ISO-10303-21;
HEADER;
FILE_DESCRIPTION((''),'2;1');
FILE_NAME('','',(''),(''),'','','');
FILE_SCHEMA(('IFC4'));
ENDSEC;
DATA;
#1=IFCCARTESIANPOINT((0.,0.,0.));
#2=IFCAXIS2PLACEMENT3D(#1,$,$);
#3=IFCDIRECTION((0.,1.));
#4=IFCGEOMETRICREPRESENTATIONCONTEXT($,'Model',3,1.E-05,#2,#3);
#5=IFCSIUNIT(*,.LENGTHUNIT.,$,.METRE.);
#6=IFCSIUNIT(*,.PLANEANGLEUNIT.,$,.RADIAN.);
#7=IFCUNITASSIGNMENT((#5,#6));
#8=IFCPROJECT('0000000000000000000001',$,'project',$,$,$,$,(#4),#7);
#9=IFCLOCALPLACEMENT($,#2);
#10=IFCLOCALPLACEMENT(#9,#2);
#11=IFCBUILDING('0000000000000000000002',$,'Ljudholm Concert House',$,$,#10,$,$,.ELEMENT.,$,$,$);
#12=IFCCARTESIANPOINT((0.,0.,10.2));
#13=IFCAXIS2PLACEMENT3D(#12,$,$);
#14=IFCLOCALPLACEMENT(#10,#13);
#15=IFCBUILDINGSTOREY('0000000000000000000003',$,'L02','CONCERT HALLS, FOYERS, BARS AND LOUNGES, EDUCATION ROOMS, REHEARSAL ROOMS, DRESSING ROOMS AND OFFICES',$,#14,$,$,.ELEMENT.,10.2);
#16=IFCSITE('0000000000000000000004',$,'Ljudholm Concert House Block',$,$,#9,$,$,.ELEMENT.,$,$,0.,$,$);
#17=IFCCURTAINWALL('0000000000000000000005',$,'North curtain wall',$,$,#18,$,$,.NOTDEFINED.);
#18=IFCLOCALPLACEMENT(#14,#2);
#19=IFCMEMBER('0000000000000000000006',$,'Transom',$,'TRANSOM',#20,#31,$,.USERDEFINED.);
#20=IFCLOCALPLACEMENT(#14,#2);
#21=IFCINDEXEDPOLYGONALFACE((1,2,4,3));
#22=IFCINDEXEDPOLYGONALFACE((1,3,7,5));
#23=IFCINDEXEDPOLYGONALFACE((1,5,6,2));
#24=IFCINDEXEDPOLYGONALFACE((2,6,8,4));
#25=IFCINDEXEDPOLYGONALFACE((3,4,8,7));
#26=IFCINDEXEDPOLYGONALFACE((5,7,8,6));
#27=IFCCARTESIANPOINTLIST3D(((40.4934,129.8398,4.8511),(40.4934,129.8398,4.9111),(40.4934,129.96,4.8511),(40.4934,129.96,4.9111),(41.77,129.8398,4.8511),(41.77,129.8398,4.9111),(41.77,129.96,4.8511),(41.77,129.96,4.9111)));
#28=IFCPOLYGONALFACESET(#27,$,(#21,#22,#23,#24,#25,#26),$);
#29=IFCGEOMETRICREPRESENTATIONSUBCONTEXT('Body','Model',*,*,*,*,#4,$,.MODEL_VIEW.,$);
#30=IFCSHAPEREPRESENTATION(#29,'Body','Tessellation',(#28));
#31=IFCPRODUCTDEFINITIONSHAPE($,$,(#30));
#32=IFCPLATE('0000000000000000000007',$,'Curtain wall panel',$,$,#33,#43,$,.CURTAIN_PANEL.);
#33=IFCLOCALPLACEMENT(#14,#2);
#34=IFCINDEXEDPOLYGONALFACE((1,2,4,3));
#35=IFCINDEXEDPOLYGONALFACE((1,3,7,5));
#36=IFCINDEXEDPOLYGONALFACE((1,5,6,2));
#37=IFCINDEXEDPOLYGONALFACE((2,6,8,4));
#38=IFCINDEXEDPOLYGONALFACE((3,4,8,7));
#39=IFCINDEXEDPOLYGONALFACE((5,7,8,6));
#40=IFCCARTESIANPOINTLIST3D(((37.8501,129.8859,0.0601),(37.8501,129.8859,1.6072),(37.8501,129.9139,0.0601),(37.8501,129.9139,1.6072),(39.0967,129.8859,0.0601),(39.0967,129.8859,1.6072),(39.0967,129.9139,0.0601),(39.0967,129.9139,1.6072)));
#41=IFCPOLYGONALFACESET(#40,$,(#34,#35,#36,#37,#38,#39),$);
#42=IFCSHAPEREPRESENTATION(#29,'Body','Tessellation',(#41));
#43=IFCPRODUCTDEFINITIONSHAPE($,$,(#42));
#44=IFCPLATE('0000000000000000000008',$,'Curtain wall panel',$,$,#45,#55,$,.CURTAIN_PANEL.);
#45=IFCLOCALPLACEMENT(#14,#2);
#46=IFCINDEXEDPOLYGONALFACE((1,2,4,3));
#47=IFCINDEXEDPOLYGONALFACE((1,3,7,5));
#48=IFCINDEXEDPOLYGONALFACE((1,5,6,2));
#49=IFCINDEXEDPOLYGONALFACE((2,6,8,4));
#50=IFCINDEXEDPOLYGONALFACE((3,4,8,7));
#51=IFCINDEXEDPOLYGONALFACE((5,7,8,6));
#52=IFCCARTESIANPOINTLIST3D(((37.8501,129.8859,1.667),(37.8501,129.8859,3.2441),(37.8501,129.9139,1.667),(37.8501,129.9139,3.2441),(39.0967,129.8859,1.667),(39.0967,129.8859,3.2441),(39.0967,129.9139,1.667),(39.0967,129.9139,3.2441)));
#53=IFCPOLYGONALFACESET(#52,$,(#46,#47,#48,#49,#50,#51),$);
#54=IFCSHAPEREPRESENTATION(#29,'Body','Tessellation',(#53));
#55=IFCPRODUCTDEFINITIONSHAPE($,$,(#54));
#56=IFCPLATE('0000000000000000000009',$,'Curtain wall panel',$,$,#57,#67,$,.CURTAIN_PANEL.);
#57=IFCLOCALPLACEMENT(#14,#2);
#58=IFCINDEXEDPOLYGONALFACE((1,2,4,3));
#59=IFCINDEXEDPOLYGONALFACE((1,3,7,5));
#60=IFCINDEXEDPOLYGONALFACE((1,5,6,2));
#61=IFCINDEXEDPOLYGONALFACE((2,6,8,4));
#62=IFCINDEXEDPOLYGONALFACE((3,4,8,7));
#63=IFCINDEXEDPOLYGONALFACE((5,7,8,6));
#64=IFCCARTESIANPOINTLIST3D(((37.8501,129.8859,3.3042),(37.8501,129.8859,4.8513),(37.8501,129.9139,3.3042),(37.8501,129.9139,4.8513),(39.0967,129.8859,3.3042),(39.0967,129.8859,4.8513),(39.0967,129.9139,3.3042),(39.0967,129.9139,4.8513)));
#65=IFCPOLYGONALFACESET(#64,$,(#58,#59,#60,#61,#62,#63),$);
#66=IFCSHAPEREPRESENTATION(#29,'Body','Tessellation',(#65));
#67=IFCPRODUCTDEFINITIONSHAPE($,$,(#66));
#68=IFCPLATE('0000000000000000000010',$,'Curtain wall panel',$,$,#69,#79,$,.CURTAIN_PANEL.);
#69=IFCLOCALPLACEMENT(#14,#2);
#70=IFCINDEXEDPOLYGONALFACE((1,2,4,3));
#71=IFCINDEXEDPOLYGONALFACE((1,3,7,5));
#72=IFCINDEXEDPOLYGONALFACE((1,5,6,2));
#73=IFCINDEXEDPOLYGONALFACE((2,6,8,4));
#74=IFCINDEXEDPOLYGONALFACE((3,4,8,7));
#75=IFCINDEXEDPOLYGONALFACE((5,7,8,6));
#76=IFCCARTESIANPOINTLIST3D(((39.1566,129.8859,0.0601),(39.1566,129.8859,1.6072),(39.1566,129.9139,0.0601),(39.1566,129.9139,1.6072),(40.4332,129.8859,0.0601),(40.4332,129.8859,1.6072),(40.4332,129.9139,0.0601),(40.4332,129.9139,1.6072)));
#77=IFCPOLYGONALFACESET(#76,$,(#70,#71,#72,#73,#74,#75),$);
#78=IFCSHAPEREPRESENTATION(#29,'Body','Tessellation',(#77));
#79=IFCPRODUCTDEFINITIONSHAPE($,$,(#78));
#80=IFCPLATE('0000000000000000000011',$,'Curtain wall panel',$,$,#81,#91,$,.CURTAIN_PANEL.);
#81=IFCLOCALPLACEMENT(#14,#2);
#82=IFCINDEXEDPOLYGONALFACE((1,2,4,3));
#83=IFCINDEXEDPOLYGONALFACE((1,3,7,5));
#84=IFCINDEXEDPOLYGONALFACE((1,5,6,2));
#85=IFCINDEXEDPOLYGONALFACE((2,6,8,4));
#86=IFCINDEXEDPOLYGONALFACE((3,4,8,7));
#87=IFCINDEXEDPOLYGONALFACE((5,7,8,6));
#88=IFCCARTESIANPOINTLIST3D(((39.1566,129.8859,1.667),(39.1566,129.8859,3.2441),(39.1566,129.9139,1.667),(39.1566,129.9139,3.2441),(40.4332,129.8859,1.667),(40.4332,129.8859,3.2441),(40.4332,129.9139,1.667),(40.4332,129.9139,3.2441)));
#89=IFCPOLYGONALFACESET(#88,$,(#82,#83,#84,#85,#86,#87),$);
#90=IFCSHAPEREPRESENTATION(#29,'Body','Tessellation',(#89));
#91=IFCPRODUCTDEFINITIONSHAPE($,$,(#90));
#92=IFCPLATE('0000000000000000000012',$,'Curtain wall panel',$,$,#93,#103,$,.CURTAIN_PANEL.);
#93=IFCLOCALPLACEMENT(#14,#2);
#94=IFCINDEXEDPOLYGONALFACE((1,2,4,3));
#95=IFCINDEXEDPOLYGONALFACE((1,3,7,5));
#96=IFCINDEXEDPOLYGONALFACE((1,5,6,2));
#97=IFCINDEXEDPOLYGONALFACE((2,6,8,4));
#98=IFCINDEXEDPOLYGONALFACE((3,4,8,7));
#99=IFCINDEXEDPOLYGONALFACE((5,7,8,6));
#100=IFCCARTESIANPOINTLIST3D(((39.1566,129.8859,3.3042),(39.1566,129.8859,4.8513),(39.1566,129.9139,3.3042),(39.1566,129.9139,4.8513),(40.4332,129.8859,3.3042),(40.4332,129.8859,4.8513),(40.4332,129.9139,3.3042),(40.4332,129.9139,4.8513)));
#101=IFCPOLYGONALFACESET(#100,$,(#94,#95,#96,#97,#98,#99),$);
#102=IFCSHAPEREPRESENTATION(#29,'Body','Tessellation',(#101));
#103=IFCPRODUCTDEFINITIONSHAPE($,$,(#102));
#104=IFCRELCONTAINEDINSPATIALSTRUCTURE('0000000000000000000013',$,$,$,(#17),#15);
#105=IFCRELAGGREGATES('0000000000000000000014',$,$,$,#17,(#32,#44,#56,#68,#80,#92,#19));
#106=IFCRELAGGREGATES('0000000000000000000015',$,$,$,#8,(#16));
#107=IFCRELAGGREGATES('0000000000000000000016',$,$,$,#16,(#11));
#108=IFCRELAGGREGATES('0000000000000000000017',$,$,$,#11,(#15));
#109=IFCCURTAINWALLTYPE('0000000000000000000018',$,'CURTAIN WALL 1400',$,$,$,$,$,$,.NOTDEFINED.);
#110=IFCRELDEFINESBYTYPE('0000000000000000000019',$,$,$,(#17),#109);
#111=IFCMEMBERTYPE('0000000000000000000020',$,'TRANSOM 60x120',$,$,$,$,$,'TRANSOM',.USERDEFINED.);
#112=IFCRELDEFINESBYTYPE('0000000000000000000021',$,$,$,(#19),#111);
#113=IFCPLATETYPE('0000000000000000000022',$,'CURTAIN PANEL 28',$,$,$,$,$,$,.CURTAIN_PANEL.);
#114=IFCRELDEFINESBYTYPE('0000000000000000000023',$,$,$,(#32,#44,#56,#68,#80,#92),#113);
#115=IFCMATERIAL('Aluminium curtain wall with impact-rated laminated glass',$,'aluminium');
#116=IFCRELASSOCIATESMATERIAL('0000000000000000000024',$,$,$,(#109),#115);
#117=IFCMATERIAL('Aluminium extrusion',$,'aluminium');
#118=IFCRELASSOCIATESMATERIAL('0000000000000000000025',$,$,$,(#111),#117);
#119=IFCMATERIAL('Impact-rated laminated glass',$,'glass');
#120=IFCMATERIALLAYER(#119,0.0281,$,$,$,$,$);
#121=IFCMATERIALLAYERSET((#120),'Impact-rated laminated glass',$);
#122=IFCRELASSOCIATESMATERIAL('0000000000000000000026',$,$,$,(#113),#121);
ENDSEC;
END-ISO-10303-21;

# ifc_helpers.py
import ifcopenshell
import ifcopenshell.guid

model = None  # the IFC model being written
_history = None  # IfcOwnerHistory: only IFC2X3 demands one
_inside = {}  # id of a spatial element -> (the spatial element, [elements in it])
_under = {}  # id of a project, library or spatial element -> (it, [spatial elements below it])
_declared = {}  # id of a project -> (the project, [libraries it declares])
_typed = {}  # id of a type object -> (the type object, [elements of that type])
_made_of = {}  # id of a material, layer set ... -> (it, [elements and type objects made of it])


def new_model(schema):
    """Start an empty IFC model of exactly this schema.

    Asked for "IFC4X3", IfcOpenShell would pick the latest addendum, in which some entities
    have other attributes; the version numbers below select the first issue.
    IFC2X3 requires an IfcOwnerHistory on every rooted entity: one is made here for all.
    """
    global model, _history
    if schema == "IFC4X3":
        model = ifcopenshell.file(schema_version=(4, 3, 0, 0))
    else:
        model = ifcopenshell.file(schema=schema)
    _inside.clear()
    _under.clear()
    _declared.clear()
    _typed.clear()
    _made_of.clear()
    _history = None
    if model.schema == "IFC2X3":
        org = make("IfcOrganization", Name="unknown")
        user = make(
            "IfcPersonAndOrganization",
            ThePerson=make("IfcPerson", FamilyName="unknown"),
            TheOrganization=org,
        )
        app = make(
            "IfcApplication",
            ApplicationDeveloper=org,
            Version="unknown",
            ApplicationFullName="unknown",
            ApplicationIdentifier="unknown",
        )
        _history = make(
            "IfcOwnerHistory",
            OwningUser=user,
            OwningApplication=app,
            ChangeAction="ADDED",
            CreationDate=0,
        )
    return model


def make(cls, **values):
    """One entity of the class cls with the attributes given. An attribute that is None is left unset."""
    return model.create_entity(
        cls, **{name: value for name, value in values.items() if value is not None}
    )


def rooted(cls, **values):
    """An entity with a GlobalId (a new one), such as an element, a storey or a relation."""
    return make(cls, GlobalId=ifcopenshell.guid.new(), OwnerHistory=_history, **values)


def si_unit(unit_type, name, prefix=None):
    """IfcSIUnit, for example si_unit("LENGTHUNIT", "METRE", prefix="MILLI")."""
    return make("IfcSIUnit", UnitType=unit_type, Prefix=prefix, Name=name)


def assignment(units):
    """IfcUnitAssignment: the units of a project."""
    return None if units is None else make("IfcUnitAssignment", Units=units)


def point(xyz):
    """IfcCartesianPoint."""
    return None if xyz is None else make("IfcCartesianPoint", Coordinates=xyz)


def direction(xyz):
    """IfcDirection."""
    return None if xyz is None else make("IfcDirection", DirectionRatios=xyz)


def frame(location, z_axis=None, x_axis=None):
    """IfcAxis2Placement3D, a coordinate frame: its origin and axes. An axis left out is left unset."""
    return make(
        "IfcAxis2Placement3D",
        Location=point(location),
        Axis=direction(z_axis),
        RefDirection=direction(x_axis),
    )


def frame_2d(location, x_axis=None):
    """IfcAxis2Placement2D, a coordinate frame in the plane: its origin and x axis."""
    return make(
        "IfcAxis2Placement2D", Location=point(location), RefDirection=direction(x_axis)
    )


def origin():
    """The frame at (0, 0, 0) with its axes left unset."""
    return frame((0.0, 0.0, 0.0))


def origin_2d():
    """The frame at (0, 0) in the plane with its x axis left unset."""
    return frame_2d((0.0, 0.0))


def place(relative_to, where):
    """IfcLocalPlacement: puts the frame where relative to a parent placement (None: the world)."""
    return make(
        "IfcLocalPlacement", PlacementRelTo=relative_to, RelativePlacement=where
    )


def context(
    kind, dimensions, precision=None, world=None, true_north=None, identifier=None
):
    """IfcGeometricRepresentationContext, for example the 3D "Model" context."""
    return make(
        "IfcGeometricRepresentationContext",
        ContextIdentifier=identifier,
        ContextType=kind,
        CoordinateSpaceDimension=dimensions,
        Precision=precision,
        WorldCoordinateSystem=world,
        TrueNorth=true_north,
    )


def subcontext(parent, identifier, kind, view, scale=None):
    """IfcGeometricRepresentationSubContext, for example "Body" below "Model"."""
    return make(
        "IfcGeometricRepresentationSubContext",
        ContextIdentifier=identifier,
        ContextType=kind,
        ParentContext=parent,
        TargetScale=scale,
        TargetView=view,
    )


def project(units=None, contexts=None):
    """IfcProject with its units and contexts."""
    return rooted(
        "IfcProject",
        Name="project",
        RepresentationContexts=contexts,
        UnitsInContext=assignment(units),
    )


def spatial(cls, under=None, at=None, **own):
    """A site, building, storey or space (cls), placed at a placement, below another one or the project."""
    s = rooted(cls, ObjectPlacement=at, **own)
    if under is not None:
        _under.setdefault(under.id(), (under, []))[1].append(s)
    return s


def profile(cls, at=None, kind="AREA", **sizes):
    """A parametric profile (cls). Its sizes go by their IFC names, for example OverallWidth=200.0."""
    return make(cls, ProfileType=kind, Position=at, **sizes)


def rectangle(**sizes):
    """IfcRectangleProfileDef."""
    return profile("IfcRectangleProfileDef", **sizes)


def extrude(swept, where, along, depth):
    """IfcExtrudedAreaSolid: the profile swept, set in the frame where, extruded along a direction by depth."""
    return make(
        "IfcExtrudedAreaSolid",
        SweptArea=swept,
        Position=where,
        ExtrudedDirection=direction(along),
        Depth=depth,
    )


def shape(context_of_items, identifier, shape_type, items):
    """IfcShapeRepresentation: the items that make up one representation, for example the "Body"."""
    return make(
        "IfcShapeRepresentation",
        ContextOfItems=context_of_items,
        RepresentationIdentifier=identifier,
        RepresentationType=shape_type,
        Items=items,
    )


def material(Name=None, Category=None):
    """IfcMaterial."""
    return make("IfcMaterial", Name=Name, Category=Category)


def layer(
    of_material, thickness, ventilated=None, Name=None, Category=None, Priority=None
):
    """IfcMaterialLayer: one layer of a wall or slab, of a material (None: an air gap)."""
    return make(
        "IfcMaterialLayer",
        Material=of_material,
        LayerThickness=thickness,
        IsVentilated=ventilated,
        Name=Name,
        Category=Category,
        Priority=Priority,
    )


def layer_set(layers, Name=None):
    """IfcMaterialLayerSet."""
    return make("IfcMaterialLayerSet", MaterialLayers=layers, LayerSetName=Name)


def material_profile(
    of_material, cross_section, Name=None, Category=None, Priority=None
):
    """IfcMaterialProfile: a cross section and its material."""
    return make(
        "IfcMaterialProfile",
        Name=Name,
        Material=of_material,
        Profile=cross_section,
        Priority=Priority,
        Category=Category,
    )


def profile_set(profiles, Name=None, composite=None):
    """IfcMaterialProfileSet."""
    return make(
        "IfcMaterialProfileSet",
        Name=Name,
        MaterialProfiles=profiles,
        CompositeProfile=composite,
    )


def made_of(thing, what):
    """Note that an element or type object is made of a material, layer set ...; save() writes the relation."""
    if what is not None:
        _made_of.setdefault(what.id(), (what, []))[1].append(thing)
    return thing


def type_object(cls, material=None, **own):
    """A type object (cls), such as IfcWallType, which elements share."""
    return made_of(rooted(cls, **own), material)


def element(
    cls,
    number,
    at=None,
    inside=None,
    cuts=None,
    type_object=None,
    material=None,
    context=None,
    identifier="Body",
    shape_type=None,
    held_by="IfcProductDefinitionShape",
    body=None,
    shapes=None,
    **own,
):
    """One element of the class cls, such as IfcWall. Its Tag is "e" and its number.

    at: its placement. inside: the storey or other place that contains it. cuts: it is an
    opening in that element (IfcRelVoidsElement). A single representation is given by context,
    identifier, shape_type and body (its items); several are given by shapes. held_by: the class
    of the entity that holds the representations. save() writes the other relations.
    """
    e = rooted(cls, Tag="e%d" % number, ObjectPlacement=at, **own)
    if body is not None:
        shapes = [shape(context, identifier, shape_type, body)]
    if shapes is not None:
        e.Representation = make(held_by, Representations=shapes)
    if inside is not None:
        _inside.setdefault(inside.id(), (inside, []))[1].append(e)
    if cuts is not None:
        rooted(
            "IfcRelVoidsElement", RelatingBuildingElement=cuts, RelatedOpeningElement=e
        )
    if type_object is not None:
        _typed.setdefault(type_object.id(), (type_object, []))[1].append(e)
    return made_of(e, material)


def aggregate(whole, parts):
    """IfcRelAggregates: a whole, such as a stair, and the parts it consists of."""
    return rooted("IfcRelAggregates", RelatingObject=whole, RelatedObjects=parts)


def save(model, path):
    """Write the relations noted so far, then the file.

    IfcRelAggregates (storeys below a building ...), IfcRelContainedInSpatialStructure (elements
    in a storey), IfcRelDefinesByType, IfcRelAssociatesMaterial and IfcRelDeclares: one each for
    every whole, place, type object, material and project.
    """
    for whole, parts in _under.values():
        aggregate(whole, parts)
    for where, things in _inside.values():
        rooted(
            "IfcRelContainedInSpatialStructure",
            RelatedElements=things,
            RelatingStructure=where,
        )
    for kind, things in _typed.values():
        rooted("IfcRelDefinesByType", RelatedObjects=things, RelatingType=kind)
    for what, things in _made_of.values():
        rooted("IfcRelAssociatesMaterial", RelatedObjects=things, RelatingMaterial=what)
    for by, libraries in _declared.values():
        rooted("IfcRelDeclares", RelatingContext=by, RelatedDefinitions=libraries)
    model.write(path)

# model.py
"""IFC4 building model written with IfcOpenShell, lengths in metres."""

from ifc_helpers import new_model, si_unit, direction, frame, origin, origin_2d, place, context, subcontext, project, spatial, rectangle, extrude, material, layer, layer_set, material_profile, profile_set, type_object, element, aggregate, save


model = new_model("IFC4")

# Units and contexts
model_context = context("Model", 3, precision=1e-05, world=origin(), true_north=direction((0.0, 1.0)))
body_context = subcontext(model_context, "Body", "Model", "MODEL_VIEW")
ifc_project = project(units=[si_unit("LENGTHUNIT", "METRE"), si_unit("PLANEANGLEUNIT", "RADIAN")], contexts=[model_context])

# Site, building, storey
site_placement = place(None, origin())
site = spatial("IfcSite", under=ifc_project, at=site_placement, Name="Ljudholm Concert House Block", CompositionType="ELEMENT", RefElevation=0.0)
building_placement = place(site_placement, origin())
building = spatial("IfcBuilding", under=site, at=building_placement, Name="Ljudholm Concert House", CompositionType="ELEMENT")
storey_placement = place(building_placement, frame((0.0, 0.0, 10.2)))
storey = spatial("IfcBuildingStorey", under=building, at=storey_placement, Name="L02", Description="CONCERT HALLS, FOYERS, BARS AND LOUNGES, EDUCATION ROOMS, REHEARSAL ROOMS, DRESSING ROOMS AND OFFICES", CompositionType="ELEMENT", Elevation=10.2)

# Curtain wall
ifc_material_1 = material(Name="Aluminium curtain wall with impact-rated laminated glass", Category="aluminium")
curtain_wall_type = type_object("IfcCurtainWallType", Name="CURTAIN WALL 1400", PredefinedType="NOTDEFINED", material=ifc_material_1)
curtain_wall_placement = place(storey_placement, origin())
curtain_wall = element("IfcCurtainWall", 1, at=curtain_wall_placement, inside=storey, type_object=curtain_wall_type, Name="North curtain wall", PredefinedType="NOTDEFINED")

# Member
ifc_material_2 = material(Name="Aluminium extrusion", Category="aluminium")
ifc_material_profile_1 = material_profile(ifc_material_2, rectangle(XDim=0.1201, YDim=0.0601, at=origin_2d()), Name="TRANSOM 60x120")
ifc_profile_set_1 = profile_set([ifc_material_profile_1], Name="Aluminium extrusion")
member_type_1 = type_object("IfcMemberType", Name="TRANSOM 60x120", ElementType="TRANSOM", PredefinedType="USERDEFINED", material=ifc_profile_set_1)
member_1_placement = place(storey_placement, frame((40.4934, 129.8999, 4.8811), z_axis=(1.0, 0.0, 0.0), x_axis=(0.0, 1.0, 0.0)))
member_1 = element("IfcMember", 2, at=member_1_placement, type_object=member_type_1, Name="Transom", ObjectType="TRANSOM", PredefinedType="USERDEFINED", context=body_context, shape_type="SweptSolid", body=[
    extrude(rectangle(XDim=0.1201, YDim=0.0601, at=origin_2d()), origin(), (0.0, 0.0, 1.0), 1.2766),
])

# Plates
ifc_material_3 = material(Name="Impact-rated laminated glass", Category="glass")
ifc_layer = layer(ifc_material_3, 0.0281)
ifc_layer_set = layer_set([ifc_layer], Name="Impact-rated laminated glass")
plate_type = type_object("IfcPlateType", Name="CURTAIN PANEL 28", PredefinedType="CURTAIN_PANEL", material=ifc_layer_set)
plate_1_placement = place(storey_placement, frame((38.4734, 129.8999, 0.0601), z_axis=(0.0, 0.0, 1.0), x_axis=(1.0, 0.0, 0.0)))
plate_1 = element("IfcPlate", 3, at=plate_1_placement, type_object=plate_type, Name="Curtain wall panel", PredefinedType="CURTAIN_PANEL", context=body_context, shape_type="SweptSolid", body=[
    extrude(rectangle(XDim=1.2466, YDim=0.0281, at=origin_2d()), origin(), (0.0, 0.0, 1.0), 1.5471),
])
plate_2_placement = place(storey_placement, frame((38.4734, 129.8999, 1.667), z_axis=(0.0, 0.0, 1.0), x_axis=(1.0, 0.0, 0.0)))
plate_2 = element("IfcPlate", 4, at=plate_2_placement, type_object=plate_type, Name="Curtain wall panel", PredefinedType="CURTAIN_PANEL", context=body_context, shape_type="SweptSolid", body=[
    extrude(rectangle(XDim=1.2466, YDim=0.0281, at=origin_2d()), origin(), (0.0, 0.0, 1.0), 1.5771),
])
plate_3_placement = place(storey_placement, frame((38.4734, 129.8999, 3.3042), z_axis=(0.0, 0.0, 1.0), x_axis=(1.0, 0.0, 0.0)))
plate_3 = element("IfcPlate", 5, at=plate_3_placement, type_object=plate_type, Name="Curtain wall panel", PredefinedType="CURTAIN_PANEL", context=body_context, shape_type="SweptSolid", body=[
    extrude(rectangle(XDim=1.2466, YDim=0.0281, at=origin_2d()), origin(), (0.0, 0.0, 1.0), 1.5471),
])
plate_4_placement = place(storey_placement, frame((39.7949, 129.8999, 0.0601), z_axis=(0.0, 0.0, 1.0), x_axis=(1.0, 0.0, 0.0)))
plate_4 = element("IfcPlate", 6, at=plate_4_placement, type_object=plate_type, Name="Curtain wall panel", PredefinedType="CURTAIN_PANEL", context=body_context, shape_type="SweptSolid", body=[
    extrude(rectangle(XDim=1.2766, YDim=0.0281, at=origin_2d()), origin(), (0.0, 0.0, 1.0), 1.5471),
])
plate_5_placement = place(storey_placement, frame((39.7949, 129.8999, 1.667), z_axis=(0.0, 0.0, 1.0), x_axis=(1.0, 0.0, 0.0)))
plate_5 = element("IfcPlate", 7, at=plate_5_placement, type_object=plate_type, Name="Curtain wall panel", PredefinedType="CURTAIN_PANEL", context=body_context, shape_type="SweptSolid", body=[
    extrude(rectangle(XDim=1.2766, YDim=0.0281, at=origin_2d()), origin(), (0.0, 0.0, 1.0), 1.5771),
])
plate_6_placement = place(storey_placement, frame((39.7949, 129.8999, 3.3042), z_axis=(0.0, 0.0, 1.0), x_axis=(1.0, 0.0, 0.0)))
plate_6 = element("IfcPlate", 8, at=plate_6_placement, type_object=plate_type, Name="Curtain wall panel", PredefinedType="CURTAIN_PANEL", context=body_context, shape_type="SweptSolid", body=[
    extrude(rectangle(XDim=1.2766, YDim=0.0281, at=origin_2d()), origin(), (0.0, 0.0, 1.0), 1.5471),
])
aggregate(curtain_wall, [plate_1, plate_2, plate_3, plate_4, plate_5, plate_6, member_1])

save(model, "model.ifc")
